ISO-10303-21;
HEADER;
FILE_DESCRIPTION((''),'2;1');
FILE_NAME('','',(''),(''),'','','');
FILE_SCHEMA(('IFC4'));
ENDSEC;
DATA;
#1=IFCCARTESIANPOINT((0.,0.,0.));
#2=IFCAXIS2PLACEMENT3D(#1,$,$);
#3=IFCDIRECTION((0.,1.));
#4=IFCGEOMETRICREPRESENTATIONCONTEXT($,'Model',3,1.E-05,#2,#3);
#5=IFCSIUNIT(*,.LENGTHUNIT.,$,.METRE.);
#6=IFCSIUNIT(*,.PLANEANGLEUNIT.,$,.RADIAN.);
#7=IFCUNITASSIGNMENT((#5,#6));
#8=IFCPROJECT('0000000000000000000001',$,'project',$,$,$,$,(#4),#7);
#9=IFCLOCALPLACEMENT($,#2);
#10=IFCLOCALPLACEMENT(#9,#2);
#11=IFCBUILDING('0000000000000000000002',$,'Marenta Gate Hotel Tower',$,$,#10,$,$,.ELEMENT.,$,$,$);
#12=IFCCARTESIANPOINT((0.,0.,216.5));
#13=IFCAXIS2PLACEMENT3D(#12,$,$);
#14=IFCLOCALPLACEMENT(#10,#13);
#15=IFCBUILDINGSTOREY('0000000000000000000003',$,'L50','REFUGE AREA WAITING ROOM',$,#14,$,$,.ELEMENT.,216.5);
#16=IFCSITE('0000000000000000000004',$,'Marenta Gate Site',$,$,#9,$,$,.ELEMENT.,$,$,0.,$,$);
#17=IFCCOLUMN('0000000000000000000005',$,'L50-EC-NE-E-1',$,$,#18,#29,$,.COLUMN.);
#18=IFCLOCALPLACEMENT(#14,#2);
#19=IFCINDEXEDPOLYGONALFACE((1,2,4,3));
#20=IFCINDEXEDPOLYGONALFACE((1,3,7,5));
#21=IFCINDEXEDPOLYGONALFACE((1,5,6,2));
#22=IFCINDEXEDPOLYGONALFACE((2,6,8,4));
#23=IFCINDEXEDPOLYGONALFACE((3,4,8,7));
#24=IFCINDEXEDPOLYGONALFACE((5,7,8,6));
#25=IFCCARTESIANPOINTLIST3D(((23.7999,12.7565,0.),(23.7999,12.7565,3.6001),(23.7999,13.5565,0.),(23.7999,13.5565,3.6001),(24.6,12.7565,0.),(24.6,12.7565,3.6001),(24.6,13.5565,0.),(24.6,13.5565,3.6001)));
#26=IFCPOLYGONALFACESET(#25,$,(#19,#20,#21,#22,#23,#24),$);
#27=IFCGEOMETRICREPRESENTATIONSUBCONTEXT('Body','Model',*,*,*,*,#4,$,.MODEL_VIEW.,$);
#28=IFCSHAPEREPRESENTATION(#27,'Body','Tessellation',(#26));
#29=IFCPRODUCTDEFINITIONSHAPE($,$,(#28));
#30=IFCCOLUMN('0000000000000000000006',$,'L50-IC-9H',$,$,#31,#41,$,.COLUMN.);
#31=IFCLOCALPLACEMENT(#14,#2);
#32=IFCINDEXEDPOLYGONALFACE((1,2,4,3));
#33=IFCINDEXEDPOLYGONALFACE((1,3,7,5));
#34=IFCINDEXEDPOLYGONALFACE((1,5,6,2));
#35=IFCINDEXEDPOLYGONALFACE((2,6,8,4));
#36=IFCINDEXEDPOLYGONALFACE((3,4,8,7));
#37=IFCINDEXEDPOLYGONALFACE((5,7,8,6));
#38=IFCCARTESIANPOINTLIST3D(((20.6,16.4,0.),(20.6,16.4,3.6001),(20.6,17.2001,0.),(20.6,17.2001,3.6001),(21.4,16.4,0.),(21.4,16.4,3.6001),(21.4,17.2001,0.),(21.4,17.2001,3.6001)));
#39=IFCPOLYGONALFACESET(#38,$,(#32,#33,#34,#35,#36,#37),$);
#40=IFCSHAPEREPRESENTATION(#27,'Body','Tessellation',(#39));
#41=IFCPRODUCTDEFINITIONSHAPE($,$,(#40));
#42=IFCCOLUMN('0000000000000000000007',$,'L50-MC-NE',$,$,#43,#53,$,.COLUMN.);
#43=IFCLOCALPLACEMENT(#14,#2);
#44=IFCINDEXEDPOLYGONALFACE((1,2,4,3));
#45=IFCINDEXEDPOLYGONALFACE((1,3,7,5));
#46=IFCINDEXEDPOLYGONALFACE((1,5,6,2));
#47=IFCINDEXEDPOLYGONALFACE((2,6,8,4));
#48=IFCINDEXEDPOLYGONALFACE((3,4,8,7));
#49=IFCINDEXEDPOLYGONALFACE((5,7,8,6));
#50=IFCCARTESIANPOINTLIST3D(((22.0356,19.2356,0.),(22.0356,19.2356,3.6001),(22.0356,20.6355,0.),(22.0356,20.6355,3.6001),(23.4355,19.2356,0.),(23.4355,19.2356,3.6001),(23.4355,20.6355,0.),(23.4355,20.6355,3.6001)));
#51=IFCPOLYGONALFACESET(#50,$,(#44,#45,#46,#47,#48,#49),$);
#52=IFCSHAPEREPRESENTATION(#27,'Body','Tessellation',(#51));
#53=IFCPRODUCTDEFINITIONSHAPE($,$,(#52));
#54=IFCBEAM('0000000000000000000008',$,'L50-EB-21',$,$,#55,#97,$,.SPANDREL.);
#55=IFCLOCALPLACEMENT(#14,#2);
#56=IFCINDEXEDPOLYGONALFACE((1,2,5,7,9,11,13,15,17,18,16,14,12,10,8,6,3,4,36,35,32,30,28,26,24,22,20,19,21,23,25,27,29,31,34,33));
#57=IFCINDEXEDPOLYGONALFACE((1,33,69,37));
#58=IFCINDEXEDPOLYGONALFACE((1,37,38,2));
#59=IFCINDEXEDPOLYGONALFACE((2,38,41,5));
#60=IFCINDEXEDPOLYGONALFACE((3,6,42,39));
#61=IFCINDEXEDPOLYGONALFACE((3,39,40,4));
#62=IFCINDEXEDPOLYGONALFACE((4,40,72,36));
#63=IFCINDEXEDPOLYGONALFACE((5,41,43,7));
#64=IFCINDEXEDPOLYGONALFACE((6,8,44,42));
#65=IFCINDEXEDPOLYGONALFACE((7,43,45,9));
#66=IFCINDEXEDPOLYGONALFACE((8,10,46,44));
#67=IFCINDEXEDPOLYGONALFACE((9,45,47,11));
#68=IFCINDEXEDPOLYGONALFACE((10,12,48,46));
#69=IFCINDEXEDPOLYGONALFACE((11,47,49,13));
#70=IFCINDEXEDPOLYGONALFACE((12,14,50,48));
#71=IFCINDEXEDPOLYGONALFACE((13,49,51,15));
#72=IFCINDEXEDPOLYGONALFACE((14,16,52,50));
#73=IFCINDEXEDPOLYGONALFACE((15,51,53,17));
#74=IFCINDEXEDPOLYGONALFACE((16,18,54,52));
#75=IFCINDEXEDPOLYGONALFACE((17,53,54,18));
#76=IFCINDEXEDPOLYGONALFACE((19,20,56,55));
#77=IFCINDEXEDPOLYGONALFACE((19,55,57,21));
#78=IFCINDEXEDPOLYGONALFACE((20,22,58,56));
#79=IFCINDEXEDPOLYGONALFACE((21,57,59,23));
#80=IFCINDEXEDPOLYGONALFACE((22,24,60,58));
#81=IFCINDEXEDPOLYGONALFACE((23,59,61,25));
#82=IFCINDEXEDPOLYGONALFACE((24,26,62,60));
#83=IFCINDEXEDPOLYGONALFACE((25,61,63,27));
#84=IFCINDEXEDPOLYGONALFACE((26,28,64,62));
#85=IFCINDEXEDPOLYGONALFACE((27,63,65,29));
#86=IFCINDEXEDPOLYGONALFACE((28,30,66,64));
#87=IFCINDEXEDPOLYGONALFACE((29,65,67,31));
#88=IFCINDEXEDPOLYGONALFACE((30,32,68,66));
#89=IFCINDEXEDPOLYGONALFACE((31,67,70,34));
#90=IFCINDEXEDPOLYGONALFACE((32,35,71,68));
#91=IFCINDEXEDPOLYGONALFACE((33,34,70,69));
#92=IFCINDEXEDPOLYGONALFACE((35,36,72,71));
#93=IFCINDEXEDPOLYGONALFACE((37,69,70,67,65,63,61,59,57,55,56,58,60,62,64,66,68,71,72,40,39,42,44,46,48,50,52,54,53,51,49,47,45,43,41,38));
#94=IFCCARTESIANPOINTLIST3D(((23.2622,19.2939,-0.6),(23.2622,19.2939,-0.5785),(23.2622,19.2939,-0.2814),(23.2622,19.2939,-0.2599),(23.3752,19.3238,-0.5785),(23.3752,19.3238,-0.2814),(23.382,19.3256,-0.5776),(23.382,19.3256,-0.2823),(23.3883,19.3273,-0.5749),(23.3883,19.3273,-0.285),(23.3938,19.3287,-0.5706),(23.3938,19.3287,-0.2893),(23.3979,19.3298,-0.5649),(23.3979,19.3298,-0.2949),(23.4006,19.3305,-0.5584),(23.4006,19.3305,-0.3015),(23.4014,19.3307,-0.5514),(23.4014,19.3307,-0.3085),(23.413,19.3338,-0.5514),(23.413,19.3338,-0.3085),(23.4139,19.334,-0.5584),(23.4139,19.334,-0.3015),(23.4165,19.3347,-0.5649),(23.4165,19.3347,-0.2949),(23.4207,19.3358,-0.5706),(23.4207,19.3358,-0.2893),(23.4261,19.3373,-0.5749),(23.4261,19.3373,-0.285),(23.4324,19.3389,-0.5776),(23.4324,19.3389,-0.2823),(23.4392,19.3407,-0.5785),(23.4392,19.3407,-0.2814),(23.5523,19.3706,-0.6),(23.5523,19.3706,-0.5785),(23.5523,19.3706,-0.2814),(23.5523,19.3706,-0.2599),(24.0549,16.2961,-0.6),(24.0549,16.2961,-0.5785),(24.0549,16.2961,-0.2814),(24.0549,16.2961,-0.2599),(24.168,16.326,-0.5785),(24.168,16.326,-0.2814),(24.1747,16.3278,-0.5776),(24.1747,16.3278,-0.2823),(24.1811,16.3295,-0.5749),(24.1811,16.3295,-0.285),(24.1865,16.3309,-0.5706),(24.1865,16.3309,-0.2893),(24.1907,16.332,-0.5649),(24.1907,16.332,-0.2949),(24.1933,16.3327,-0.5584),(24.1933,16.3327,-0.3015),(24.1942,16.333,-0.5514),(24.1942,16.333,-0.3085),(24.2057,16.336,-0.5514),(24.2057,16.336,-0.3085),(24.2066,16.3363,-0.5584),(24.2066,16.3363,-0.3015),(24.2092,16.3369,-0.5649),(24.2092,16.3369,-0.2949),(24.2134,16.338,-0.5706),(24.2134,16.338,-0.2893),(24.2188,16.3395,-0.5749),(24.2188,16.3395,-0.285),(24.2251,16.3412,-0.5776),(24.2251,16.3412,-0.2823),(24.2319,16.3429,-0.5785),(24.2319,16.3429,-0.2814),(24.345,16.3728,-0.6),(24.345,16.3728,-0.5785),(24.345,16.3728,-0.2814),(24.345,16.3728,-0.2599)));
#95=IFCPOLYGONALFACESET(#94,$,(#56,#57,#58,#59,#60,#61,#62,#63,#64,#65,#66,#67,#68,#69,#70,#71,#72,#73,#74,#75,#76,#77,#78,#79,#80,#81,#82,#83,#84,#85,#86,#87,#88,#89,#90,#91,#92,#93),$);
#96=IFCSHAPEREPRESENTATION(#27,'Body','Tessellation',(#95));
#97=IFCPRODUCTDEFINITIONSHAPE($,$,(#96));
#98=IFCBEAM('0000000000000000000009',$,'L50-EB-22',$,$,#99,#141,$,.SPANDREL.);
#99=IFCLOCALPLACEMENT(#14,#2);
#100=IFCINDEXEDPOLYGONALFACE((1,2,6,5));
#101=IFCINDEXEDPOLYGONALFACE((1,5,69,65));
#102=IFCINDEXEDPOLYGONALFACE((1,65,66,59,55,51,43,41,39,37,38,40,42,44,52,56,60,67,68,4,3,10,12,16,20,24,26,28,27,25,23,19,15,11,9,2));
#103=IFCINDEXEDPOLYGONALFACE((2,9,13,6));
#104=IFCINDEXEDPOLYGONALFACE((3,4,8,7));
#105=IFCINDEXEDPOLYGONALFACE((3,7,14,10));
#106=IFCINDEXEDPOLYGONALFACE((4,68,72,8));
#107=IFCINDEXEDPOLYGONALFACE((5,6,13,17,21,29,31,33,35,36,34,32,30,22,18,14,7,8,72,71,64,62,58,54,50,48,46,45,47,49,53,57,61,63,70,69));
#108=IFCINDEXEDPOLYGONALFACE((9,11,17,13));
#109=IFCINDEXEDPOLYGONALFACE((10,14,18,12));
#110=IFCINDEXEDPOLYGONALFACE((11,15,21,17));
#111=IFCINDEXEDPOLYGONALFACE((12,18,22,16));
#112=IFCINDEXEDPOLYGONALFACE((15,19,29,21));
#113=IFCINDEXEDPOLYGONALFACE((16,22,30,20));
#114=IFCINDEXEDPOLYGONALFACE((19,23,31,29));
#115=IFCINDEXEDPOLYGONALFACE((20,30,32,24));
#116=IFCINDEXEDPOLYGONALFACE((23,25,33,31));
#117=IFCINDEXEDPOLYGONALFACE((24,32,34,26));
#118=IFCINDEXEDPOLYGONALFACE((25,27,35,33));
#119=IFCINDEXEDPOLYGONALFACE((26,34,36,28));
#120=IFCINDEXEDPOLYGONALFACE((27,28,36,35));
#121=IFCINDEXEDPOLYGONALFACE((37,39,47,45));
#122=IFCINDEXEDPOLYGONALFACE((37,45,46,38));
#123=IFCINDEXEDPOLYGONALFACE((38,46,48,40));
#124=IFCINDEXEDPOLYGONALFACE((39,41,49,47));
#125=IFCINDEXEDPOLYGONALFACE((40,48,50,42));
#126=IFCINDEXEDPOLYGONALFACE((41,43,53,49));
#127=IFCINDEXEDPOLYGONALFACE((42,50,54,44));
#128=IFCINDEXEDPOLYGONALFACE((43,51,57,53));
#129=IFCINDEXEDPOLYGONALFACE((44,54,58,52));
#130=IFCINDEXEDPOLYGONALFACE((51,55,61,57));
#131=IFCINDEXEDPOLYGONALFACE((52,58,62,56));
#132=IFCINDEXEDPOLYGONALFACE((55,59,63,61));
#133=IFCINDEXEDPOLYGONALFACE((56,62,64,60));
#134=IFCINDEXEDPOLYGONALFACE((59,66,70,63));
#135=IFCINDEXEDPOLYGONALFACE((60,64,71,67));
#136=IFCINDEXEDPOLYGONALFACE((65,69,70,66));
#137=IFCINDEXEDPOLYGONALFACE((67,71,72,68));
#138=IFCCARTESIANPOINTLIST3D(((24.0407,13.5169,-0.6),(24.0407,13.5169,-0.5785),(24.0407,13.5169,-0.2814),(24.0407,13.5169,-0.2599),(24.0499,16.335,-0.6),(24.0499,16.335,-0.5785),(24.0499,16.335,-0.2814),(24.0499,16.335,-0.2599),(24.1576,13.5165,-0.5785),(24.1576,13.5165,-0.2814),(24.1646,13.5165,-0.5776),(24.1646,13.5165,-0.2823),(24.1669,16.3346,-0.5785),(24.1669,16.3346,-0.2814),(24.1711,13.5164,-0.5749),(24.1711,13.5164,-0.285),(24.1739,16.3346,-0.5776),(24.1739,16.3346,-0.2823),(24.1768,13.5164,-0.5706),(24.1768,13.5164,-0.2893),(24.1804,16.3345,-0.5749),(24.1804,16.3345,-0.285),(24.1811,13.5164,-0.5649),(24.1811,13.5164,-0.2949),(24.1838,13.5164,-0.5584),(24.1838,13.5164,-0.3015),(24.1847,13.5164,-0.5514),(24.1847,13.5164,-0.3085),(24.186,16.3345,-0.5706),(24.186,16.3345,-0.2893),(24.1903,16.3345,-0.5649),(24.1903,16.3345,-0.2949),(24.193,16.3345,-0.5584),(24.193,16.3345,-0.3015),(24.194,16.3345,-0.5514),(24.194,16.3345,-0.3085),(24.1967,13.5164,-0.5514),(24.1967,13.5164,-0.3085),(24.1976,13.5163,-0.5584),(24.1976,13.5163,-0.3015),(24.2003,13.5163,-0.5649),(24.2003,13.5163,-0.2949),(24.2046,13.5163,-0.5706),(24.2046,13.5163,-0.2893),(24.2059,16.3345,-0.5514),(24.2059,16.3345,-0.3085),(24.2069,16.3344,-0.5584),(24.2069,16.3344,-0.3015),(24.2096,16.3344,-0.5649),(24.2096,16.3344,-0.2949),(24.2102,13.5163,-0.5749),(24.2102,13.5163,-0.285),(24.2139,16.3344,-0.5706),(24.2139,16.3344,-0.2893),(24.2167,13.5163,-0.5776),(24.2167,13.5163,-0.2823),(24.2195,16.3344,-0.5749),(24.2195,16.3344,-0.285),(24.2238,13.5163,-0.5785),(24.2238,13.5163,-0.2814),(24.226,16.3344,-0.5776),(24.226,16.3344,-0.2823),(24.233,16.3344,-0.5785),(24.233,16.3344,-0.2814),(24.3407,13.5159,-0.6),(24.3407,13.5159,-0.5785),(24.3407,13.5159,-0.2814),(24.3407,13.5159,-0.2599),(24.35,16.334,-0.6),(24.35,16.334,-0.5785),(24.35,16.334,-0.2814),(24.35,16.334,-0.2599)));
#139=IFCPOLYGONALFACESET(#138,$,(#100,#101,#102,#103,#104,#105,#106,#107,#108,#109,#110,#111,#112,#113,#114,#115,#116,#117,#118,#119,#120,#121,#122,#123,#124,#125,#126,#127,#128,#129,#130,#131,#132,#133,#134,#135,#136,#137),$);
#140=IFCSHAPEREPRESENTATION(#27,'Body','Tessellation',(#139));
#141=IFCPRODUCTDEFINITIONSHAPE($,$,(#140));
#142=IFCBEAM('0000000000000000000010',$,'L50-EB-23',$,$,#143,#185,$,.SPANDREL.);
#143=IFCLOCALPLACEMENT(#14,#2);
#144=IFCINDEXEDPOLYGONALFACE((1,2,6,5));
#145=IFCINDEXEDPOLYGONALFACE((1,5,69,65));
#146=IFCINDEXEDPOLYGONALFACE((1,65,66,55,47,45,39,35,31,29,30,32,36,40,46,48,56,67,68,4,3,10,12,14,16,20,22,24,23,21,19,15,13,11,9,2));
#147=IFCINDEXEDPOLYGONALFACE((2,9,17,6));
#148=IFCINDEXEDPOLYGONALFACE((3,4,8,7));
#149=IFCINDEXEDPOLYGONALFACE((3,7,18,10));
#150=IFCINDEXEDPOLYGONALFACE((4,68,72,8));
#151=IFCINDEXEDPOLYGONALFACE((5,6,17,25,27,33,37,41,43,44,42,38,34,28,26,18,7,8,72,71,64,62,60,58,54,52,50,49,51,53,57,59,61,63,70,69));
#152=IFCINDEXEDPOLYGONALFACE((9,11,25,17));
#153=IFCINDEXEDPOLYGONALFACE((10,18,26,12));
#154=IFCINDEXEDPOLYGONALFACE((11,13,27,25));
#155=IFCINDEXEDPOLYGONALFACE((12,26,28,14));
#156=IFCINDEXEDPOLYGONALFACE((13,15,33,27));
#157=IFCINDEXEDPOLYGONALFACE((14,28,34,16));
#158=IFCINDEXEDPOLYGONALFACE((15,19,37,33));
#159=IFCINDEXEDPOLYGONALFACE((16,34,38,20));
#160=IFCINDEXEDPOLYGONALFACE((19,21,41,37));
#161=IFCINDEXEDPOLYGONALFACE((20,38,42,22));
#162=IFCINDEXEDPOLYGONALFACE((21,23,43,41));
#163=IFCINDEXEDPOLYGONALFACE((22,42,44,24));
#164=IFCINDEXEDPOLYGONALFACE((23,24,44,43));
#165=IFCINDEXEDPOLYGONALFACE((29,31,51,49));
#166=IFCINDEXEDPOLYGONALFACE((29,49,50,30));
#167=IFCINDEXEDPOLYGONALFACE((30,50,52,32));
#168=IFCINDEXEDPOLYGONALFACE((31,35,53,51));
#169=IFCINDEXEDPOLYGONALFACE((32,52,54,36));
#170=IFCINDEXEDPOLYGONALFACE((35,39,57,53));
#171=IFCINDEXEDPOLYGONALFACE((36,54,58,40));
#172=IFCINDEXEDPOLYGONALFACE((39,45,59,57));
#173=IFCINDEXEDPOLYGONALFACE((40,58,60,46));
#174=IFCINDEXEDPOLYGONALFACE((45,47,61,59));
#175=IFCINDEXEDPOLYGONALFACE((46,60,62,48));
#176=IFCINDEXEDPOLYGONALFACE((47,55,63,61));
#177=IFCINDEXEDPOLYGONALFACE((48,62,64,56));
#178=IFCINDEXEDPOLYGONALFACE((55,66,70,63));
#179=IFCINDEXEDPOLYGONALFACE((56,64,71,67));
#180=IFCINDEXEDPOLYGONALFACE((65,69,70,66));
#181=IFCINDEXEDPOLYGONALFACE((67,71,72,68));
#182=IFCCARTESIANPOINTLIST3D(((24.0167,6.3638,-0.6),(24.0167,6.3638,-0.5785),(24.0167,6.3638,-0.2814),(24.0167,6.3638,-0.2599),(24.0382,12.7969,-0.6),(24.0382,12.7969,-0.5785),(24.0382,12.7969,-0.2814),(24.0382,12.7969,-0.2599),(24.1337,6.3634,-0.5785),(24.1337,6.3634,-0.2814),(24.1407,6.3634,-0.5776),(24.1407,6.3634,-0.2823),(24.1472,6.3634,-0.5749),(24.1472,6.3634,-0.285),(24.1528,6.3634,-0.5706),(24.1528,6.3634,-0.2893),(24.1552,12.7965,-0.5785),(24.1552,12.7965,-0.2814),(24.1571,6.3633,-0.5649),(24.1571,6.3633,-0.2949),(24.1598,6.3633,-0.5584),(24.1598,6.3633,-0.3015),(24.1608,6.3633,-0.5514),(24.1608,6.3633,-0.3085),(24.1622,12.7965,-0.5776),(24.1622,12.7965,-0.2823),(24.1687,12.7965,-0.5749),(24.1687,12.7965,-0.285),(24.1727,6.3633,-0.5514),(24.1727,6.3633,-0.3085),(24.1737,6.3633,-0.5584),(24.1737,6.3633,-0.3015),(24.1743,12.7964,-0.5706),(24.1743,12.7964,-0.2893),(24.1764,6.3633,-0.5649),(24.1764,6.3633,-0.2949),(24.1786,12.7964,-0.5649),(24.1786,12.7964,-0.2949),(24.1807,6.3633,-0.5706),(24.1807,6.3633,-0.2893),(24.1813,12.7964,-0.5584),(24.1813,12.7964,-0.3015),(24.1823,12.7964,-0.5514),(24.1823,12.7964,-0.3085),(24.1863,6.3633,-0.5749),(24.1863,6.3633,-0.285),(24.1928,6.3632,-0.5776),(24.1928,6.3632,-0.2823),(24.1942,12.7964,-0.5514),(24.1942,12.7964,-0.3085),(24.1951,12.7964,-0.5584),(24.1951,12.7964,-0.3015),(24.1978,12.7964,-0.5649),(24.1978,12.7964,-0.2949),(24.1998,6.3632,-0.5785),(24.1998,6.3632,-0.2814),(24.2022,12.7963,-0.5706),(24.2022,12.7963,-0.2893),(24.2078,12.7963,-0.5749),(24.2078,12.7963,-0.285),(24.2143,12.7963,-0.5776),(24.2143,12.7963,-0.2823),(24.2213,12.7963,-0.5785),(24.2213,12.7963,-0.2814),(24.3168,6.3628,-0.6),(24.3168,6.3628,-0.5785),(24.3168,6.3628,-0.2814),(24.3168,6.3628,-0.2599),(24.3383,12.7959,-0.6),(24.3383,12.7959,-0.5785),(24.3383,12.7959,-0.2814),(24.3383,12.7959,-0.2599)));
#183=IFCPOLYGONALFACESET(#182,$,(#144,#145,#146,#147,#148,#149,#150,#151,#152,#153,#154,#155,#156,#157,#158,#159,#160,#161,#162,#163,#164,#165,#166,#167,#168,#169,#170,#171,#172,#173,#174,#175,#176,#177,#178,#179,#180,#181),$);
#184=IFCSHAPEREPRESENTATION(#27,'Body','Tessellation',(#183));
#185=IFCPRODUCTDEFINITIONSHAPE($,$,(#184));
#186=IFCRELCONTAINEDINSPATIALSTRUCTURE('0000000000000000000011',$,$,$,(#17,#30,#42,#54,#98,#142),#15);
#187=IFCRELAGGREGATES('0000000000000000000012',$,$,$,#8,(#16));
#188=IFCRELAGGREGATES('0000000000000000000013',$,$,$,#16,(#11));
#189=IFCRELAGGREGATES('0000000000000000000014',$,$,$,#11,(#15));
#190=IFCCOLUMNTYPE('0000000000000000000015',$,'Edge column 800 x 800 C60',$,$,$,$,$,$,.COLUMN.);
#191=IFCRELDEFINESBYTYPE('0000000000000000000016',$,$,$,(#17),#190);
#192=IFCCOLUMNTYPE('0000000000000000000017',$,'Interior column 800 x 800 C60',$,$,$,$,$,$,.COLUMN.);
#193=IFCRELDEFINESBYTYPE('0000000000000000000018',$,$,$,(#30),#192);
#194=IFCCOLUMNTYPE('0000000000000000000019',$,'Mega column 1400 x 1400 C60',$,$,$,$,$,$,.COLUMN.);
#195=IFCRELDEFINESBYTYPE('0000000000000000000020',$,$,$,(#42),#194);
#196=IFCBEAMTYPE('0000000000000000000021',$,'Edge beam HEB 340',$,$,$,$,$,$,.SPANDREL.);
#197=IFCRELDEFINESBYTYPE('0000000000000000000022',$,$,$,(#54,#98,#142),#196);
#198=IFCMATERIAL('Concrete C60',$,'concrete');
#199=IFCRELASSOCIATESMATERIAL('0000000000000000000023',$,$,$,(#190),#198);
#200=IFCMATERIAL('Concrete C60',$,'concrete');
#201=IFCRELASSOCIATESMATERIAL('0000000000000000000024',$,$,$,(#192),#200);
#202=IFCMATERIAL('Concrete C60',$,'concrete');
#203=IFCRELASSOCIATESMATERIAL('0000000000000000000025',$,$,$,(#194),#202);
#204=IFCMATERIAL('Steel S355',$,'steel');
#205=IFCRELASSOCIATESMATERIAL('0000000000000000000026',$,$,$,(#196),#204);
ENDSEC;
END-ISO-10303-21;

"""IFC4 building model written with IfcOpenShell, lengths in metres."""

from ifc_helpers import new_model, si_unit, direction, frame, origin, origin_2d, place, context, subcontext, project, spatial, rectangle, i_section, extrude, material, material_profile, profile_set, type_object, element, save


model = new_model("IFC4")

# Units and contexts
model_context = context("Model", 3, precision=1e-05, world=origin(), true_north=direction((0.0, 1.0)))
body_context = subcontext(model_context, "Body", "Model", "MODEL_VIEW")
ifc_project = project(units=[si_unit("LENGTHUNIT", "METRE"), si_unit("PLANEANGLEUNIT", "RADIAN")], contexts=[model_context])

# Site, building, storey
site_placement = place(None, origin())
site = spatial("IfcSite", under=ifc_project, at=site_placement, Name="Marenta Gate Site", CompositionType="ELEMENT", RefElevation=0.0)
building_placement = place(site_placement, origin())
building = spatial("IfcBuilding", under=site, at=building_placement, Name="Marenta Gate Hotel Tower", CompositionType="ELEMENT")
storey_placement = place(building_placement, frame((0.0, 0.0, 216.5)))
storey = spatial("IfcBuildingStorey", under=building, at=storey_placement, Name="L50", Description="REFUGE AREA WAITING ROOM", CompositionType="ELEMENT", Elevation=216.5)

# Columns
ifc_material_1 = material(Name="Concrete C60", Category="concrete")
ifc_material_profile_1 = material_profile(ifc_material_1, rectangle(XDim=0.8, YDim=0.8, at=origin_2d()), Name="800 x 800")
ifc_profile_set_1 = profile_set([ifc_material_profile_1], Name="Concrete C60")
column_type_1 = type_object("IfcColumnType", Name="Edge column 800 x 800 C60", PredefinedType="COLUMN", material=ifc_profile_set_1)
column_1_placement = place(storey_placement, frame((24.2, 13.1565, 0.0), z_axis=(0.0, 0.0, 1.0), x_axis=(1.0, 0.0, 0.0)))
element("IfcColumn", 1, at=column_1_placement, inside=storey, type_object=column_type_1, Name="L50-EC-NE-E-1", PredefinedType="COLUMN", context=body_context, shape_type="SweptSolid", body=[
    extrude(rectangle(XDim=0.8, YDim=0.8, at=origin_2d()), origin(), (0.0, 0.0, 1.0), 3.6001),
])
ifc_material_2 = material(Name="Concrete C60", Category="concrete")
ifc_material_profile_2 = material_profile(ifc_material_2, rectangle(XDim=0.8, YDim=0.8, at=origin_2d()), Name="800 x 800")
ifc_profile_set_2 = profile_set([ifc_material_profile_2], Name="Concrete C60")
column_type_2 = type_object("IfcColumnType", Name="Interior column 800 x 800 C60", PredefinedType="COLUMN", material=ifc_profile_set_2)
column_2_placement = place(storey_placement, frame((21.0, 16.8, 0.0), z_axis=(0.0, 0.0, 1.0), x_axis=(1.0, 0.0, 0.0)))
element("IfcColumn", 2, at=column_2_placement, inside=storey, type_object=column_type_2, Name="L50-IC-9H", PredefinedType="COLUMN", context=body_context, shape_type="SweptSolid", body=[
    extrude(rectangle(XDim=0.8, YDim=0.8, at=origin_2d()), origin(), (0.0, 0.0, 1.0), 3.6001),
])
ifc_material_3 = material(Name="Concrete C60", Category="concrete")
ifc_material_profile_3 = material_profile(ifc_material_3, rectangle(XDim=1.3999, YDim=1.3999, at=origin_2d()), Name="1400 x 1400")
ifc_profile_set_3 = profile_set([ifc_material_profile_3], Name="Concrete C60")
column_type_3 = type_object("IfcColumnType", Name="Mega column 1400 x 1400 C60", PredefinedType="COLUMN", material=ifc_profile_set_3)
column_3_placement = place(storey_placement, frame((22.7356, 19.9355, 0.0), z_axis=(0.0, 0.0, 1.0), x_axis=(1.0, 0.0, 0.0)))
element("IfcColumn", 3, at=column_3_placement, inside=storey, type_object=column_type_3, Name="L50-MC-NE", PredefinedType="COLUMN", context=body_context, shape_type="SweptSolid", body=[
    extrude(rectangle(XDim=1.3999, YDim=1.3999, at=origin_2d()), origin(), (0.0, 0.0, 1.0), 3.6001),
])

# Beams
ifc_material_4 = material(Name="Steel S355", Category="steel")
ifc_material_profile_4 = material_profile(ifc_material_4, i_section(OverallWidth=0.3, OverallDepth=0.3401, WebThickness=0.012, FlangeThickness=0.0215, FilletRadius=0.0271, at=origin_2d()), Name="HEB 340")
ifc_profile_set_4 = profile_set([ifc_material_profile_4], Name="Steel S355")
beam_type_1 = type_object("IfcBeamType", Name="Edge beam HEB 340", PredefinedType="SPANDREL", material=ifc_profile_set_4)
beam_1_placement = place(storey_placement, frame((23.4072, 19.3323, -0.4299), z_axis=(0.255648, -0.96677, 0.0), x_axis=(0.96677, 0.255648, 0.0)))
element("IfcBeam", 4, at=beam_1_placement, inside=storey, type_object=beam_type_1, Name="L50-EB-21", PredefinedType="SPANDREL", context=body_context, shape_type="SweptSolid", body=[
    extrude(i_section(OverallWidth=0.3, OverallDepth=0.3401, WebThickness=0.012, FlangeThickness=0.0215, FilletRadius=0.0271, at=origin_2d()), origin(), (0.0, 0.0, 1.0), 3.1008),
])
beam_2_placement = place(storey_placement, frame((24.2, 16.3345, -0.4299), z_axis=(-0.003292, -0.999995, 0.0), x_axis=(0.999995, -0.003292, 0.0)))
element("IfcBeam", 5, at=beam_2_placement, inside=storey, type_object=beam_type_1, Name="L50-EB-22", PredefinedType="SPANDREL", context=body_context, shape_type="SweptSolid", body=[
    extrude(i_section(OverallWidth=0.3, OverallDepth=0.3401, WebThickness=0.012, FlangeThickness=0.0215, FilletRadius=0.0271, at=origin_2d()), origin(), (0.0, 0.0, 1.0), 2.8181),
])
beam_3_placement = place(storey_placement, frame((24.1882, 12.7964, -0.4299), z_axis=(-0.00334, -0.999994, 0.0), x_axis=(0.999994, -0.00334, 0.0)))
element("IfcBeam", 6, at=beam_3_placement, inside=storey, type_object=beam_type_1, Name="L50-EB-23", PredefinedType="SPANDREL", context=body_context, shape_type="SweptSolid", body=[
    extrude(i_section(OverallWidth=0.3, OverallDepth=0.3401, WebThickness=0.012, FlangeThickness=0.0215, FilletRadius=0.0271, at=origin_2d()), origin(), (0.0, 0.0, 1.0), 6.4331),
])

save(model, "model.ifc")
